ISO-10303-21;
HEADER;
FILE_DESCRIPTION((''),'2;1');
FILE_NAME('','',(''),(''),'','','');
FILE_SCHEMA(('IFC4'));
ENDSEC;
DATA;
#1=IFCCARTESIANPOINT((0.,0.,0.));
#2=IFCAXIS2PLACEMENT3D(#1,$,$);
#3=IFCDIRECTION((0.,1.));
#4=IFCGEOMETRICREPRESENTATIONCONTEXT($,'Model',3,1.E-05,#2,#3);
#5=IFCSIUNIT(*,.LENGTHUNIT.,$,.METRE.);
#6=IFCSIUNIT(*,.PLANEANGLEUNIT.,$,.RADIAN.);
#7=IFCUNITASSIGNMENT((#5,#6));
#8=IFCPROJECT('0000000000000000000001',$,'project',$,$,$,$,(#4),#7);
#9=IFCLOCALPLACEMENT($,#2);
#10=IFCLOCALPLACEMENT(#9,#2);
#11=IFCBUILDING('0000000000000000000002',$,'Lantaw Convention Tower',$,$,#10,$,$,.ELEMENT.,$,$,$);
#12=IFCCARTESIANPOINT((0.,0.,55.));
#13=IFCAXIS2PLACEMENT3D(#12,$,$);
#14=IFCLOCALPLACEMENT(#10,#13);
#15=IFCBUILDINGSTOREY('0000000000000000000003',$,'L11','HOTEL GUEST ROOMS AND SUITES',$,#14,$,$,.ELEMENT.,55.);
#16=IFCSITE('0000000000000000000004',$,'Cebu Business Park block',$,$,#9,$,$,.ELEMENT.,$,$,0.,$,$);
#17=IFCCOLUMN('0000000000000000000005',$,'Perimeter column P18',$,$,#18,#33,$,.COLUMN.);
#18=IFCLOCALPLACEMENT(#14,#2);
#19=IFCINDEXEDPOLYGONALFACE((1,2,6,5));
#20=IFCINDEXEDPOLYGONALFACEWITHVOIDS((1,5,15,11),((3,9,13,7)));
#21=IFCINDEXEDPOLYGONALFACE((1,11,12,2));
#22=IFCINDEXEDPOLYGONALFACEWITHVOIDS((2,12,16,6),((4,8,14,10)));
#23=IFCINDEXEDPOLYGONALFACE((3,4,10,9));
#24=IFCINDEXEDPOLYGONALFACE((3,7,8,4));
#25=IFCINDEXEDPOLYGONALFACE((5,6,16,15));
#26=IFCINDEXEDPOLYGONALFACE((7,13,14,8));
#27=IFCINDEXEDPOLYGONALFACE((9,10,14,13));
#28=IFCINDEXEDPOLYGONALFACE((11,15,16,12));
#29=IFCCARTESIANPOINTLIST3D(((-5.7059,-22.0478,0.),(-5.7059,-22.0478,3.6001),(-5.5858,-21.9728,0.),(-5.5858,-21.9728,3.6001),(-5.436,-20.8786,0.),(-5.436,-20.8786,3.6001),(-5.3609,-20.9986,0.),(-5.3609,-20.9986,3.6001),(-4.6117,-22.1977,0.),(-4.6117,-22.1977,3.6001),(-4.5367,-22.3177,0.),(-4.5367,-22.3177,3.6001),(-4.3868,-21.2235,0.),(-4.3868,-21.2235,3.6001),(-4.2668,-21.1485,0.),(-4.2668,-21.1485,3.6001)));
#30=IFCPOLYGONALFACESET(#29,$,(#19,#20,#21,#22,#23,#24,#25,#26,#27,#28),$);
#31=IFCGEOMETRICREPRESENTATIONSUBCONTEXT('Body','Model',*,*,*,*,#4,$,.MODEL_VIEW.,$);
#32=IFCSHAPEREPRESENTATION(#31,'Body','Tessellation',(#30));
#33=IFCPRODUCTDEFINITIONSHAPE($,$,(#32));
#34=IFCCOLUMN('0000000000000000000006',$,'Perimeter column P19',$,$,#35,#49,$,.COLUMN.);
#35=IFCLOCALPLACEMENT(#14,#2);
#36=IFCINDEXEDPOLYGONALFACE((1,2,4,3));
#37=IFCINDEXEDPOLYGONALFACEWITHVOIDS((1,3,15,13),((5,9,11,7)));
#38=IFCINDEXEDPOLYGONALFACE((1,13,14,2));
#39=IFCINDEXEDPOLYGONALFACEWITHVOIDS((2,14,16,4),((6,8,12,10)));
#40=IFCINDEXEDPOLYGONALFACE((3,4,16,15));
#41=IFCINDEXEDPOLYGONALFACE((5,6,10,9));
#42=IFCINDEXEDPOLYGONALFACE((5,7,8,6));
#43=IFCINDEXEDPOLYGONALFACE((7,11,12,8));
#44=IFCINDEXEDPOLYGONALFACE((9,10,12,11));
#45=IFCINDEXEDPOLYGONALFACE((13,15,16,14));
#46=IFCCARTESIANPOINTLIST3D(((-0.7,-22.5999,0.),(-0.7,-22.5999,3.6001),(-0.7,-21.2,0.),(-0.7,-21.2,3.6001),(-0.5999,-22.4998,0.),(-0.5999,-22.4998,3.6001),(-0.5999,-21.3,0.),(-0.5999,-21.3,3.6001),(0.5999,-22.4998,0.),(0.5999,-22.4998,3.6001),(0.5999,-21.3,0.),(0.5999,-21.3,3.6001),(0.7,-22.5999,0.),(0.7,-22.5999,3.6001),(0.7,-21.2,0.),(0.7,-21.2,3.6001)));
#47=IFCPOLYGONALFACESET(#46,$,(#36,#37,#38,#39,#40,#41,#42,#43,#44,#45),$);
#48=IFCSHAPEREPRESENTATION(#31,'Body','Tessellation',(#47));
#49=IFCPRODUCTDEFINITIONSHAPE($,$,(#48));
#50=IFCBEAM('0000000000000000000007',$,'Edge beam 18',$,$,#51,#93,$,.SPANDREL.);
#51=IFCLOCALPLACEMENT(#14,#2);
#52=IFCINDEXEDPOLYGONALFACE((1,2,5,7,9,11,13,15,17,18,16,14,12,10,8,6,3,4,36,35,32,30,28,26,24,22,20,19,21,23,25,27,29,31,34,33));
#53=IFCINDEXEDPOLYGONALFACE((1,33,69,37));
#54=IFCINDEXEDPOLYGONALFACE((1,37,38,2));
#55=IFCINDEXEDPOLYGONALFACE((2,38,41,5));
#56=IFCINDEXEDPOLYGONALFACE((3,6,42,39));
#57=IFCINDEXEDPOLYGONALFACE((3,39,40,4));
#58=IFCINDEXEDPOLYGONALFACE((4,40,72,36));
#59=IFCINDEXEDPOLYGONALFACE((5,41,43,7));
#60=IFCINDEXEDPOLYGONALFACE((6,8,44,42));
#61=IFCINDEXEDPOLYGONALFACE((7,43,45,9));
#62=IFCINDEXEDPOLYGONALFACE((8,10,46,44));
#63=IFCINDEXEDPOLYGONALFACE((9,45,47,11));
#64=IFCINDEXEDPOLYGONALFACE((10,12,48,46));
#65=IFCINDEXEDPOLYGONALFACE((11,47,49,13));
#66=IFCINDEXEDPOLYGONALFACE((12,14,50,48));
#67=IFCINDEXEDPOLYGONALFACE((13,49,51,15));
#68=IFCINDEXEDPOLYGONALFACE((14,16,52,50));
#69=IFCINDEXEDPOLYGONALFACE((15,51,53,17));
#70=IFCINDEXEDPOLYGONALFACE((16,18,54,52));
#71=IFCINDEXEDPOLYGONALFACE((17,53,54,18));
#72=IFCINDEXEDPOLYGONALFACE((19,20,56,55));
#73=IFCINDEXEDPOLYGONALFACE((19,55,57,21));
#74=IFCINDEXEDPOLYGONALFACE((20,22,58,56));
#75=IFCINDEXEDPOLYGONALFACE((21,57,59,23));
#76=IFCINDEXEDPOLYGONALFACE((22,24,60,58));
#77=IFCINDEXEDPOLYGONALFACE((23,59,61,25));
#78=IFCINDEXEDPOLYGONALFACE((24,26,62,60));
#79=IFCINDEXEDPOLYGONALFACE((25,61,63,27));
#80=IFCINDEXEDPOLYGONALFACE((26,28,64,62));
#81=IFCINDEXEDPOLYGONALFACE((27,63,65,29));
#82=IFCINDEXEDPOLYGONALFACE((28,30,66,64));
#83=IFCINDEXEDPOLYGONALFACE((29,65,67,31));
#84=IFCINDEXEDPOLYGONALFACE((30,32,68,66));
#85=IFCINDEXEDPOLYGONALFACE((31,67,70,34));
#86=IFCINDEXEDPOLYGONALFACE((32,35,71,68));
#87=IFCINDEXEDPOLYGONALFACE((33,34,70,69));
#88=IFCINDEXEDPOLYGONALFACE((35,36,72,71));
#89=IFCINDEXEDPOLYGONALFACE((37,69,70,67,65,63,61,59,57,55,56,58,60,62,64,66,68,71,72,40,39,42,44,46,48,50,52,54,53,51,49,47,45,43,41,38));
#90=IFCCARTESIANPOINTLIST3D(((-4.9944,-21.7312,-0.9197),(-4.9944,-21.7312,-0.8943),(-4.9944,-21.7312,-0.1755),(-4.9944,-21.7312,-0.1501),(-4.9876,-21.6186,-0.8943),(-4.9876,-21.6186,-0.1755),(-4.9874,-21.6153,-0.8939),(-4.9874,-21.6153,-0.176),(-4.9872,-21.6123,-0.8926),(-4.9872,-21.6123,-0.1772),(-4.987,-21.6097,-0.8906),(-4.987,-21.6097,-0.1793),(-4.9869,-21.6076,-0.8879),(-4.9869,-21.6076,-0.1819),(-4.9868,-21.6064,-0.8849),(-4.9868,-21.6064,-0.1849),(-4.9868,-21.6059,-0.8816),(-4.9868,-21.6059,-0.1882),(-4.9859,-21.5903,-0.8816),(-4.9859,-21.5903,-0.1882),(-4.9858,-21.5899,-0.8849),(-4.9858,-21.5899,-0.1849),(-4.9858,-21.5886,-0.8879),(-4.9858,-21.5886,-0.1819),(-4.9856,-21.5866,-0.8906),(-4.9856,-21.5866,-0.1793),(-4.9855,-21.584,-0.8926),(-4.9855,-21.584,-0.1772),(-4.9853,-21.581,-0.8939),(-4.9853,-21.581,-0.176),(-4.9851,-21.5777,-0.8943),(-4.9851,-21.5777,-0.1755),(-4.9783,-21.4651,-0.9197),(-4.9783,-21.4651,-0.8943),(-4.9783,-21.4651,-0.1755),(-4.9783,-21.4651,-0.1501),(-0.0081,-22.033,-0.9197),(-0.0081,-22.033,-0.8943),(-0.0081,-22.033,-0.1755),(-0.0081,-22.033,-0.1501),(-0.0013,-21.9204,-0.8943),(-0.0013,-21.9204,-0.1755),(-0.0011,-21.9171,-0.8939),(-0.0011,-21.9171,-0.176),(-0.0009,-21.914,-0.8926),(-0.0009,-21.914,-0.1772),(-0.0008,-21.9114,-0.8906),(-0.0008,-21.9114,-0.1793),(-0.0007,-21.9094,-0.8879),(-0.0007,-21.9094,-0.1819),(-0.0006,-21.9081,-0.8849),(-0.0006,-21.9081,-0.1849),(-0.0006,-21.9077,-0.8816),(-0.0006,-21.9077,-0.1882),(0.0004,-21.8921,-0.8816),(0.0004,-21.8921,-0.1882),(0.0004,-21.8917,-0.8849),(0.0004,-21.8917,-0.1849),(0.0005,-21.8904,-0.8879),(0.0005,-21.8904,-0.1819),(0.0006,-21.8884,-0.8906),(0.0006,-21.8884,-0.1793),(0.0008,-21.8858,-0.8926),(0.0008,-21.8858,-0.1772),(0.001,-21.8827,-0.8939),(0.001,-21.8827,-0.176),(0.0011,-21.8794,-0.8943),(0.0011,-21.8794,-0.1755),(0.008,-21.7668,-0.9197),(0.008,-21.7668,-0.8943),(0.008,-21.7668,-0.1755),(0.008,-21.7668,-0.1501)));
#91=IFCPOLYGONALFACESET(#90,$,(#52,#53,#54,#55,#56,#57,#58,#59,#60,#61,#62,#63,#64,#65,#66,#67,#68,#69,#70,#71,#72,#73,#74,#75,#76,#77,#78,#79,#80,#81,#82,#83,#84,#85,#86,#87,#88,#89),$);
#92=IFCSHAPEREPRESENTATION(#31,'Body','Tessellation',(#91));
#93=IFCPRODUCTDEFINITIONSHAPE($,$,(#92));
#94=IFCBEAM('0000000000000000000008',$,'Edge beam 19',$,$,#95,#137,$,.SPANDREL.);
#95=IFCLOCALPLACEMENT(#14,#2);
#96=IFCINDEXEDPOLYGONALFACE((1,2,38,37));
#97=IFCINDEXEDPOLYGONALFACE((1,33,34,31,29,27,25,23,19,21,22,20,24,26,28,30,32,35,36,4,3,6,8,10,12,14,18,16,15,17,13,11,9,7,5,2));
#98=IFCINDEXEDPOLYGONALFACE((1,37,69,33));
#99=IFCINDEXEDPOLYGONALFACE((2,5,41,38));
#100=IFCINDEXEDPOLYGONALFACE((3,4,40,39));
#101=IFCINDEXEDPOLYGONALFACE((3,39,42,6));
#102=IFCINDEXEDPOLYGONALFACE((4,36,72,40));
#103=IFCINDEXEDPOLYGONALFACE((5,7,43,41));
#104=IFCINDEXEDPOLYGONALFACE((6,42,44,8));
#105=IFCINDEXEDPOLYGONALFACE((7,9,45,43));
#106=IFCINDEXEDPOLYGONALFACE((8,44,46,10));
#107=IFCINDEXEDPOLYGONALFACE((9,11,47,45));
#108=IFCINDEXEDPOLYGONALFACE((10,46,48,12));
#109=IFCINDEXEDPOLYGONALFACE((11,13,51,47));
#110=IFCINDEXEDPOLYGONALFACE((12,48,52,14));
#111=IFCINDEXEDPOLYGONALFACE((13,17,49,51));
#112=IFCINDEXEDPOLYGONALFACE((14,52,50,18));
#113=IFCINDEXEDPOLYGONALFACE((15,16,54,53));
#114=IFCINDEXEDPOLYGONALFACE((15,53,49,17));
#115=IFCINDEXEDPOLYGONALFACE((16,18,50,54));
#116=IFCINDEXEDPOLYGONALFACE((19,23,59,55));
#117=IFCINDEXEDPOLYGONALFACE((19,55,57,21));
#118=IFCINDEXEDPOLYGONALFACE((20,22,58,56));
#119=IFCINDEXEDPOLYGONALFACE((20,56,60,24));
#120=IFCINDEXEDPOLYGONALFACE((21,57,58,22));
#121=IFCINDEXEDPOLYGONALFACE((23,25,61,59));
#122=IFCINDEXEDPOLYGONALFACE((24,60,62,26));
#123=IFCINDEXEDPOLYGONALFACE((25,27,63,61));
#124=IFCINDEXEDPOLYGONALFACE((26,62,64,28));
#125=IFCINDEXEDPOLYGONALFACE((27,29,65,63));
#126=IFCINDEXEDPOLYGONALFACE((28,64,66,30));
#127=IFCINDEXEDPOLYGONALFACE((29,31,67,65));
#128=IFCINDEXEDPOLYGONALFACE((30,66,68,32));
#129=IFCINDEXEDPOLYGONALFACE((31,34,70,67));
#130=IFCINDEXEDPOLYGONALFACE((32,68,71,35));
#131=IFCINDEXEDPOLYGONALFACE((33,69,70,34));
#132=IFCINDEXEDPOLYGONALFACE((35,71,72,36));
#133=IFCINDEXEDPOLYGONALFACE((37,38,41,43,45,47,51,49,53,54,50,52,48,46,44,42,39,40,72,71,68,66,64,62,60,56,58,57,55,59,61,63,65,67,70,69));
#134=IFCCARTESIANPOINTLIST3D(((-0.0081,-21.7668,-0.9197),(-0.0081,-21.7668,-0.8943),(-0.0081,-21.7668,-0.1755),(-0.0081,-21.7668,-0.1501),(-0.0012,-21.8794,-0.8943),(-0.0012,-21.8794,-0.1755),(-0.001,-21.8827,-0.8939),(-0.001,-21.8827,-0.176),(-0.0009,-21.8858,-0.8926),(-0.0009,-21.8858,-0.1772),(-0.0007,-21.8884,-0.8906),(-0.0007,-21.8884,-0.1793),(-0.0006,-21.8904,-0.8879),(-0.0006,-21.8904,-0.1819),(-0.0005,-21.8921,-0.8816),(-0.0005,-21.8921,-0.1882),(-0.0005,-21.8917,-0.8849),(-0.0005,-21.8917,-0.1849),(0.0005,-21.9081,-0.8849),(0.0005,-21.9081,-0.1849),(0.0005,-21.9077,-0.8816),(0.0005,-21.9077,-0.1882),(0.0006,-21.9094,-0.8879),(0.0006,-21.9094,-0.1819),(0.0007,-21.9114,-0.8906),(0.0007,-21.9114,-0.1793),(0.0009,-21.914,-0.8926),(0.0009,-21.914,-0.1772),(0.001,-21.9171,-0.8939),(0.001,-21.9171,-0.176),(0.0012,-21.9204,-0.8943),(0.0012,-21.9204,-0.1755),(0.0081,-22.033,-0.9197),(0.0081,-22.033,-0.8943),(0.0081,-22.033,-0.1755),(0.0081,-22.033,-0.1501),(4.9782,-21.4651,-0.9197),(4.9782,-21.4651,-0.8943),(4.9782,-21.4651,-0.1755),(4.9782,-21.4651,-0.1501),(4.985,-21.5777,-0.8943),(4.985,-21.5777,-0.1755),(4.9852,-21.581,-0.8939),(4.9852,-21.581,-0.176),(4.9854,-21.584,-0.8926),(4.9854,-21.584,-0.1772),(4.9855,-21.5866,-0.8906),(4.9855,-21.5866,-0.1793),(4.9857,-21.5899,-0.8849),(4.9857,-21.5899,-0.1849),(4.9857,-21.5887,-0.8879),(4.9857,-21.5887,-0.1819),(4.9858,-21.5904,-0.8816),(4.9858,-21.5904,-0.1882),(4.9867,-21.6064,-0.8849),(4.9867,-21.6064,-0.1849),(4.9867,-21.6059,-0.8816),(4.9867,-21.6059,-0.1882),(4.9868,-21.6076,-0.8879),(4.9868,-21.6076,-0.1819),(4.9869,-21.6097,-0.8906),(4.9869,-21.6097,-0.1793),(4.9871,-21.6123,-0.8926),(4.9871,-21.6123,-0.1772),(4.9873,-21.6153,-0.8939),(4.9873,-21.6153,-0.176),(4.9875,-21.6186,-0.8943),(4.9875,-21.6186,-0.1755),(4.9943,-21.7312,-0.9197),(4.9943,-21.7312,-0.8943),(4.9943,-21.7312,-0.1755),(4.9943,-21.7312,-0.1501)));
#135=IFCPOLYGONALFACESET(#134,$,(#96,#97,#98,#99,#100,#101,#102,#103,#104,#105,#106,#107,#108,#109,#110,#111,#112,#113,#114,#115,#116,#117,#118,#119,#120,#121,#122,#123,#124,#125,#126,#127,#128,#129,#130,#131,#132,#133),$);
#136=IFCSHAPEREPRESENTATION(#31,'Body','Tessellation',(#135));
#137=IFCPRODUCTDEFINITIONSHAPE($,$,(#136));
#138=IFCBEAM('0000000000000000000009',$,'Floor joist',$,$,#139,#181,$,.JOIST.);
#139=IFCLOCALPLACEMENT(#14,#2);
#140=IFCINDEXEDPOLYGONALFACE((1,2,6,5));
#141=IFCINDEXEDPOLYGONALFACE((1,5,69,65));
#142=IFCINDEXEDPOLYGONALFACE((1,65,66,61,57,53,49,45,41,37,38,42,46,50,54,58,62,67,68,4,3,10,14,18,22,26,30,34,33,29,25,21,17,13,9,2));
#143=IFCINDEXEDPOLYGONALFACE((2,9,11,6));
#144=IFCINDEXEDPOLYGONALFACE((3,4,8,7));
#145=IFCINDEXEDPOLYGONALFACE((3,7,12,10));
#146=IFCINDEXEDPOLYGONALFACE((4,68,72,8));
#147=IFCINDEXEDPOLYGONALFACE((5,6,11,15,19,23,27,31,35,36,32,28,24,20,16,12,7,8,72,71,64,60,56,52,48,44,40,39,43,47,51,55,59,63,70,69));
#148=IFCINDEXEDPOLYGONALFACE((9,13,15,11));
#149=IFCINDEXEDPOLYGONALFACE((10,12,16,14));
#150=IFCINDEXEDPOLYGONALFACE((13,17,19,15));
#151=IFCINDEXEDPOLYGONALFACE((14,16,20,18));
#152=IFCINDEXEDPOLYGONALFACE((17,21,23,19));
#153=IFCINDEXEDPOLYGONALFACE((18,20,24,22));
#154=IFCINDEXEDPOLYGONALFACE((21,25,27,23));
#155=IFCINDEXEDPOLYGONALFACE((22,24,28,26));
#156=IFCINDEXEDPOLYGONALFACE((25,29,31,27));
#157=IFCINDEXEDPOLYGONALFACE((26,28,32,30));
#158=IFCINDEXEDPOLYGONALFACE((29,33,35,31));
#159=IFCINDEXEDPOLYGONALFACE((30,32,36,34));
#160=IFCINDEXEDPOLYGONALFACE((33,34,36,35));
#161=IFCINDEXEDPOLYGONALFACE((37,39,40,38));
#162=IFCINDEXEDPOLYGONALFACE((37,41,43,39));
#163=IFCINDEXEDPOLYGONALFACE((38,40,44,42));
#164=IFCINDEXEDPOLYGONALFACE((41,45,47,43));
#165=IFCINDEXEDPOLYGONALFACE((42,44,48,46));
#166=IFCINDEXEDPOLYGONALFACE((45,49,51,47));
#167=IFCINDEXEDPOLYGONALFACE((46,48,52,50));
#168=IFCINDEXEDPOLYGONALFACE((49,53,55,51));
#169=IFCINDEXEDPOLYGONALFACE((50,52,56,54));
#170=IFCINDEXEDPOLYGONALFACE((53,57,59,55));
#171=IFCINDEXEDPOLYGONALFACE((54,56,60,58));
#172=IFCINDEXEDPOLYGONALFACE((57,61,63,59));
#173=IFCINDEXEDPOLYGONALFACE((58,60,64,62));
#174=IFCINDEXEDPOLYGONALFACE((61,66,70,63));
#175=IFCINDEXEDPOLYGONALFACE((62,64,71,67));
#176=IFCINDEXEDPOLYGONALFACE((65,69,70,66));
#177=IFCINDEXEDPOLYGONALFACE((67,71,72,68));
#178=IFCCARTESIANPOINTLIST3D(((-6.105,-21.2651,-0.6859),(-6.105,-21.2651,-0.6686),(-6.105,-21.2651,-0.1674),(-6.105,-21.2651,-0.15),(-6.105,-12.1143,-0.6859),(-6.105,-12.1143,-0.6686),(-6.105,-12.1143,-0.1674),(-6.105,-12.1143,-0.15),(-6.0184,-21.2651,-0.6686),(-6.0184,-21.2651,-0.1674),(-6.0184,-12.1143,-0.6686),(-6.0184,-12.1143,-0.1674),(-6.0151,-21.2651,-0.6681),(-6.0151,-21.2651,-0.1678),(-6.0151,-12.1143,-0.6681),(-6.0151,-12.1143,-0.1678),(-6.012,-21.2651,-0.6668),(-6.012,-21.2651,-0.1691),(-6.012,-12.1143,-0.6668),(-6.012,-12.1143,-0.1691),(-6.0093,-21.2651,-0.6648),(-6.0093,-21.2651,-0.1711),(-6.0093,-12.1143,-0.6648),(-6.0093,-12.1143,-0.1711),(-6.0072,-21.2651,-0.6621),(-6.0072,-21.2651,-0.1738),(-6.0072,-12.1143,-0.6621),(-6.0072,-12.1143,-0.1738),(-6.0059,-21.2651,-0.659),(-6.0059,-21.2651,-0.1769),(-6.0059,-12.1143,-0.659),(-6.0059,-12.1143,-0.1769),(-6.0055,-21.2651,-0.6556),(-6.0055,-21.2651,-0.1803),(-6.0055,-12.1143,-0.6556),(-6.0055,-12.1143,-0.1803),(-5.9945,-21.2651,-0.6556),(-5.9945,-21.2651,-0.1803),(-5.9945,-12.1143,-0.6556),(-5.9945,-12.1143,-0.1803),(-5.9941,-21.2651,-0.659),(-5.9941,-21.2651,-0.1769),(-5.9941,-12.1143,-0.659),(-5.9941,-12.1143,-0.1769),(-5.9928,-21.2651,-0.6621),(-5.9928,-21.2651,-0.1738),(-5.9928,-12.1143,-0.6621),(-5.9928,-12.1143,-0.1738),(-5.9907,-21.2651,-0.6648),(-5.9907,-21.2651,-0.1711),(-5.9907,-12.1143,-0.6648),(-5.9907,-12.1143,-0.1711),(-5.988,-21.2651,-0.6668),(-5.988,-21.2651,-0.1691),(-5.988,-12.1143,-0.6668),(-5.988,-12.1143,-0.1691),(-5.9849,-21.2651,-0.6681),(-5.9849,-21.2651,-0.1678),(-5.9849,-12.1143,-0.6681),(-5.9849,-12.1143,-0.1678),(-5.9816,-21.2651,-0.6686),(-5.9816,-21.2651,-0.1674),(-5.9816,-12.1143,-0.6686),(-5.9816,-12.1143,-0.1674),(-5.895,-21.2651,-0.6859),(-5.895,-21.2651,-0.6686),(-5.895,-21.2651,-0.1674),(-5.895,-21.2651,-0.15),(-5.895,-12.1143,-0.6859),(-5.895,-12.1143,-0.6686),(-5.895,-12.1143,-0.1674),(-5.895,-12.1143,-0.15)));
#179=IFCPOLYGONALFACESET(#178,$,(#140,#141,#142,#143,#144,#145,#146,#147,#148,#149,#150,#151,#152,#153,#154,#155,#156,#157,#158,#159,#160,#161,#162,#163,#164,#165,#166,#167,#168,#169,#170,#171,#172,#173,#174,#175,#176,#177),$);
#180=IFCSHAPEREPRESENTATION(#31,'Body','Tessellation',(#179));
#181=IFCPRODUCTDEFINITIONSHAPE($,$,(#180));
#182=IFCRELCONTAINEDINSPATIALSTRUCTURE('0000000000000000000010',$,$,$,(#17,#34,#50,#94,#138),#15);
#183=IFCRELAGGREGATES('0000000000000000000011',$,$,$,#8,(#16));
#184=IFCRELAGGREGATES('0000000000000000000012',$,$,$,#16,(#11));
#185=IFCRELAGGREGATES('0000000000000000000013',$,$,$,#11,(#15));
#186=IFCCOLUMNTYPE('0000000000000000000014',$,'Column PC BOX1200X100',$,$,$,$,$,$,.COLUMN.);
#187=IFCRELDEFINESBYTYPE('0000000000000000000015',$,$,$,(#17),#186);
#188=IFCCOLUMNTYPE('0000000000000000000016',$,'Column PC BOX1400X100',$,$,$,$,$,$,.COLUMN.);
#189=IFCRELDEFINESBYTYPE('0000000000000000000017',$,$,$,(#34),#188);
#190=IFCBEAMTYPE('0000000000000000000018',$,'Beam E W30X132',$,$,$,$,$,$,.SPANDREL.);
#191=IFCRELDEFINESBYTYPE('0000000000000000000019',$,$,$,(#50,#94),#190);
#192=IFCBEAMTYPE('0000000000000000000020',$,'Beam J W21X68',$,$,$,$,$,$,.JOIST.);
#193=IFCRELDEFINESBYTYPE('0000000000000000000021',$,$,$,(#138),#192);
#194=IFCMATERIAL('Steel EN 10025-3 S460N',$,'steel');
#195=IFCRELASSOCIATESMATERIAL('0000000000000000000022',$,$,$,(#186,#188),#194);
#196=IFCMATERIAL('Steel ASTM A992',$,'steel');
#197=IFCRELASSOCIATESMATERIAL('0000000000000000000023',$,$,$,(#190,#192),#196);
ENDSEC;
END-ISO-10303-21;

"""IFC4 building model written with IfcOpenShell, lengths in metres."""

from ifc_helpers import new_model, si_unit, direction, frame, origin, origin_2d, place, context, subcontext, project, spatial, rectangle, hollow_rectangle, i_section, extrude, material, material_profile, profile_set, type_object, element, save


model = new_model("IFC4")

# Units and contexts
model_context = context("Model", 3, precision=1e-05, world=origin(), true_north=direction((0.0, 1.0)))
body_context = subcontext(model_context, "Body", "Model", "MODEL_VIEW")
ifc_project = project(units=[si_unit("LENGTHUNIT", "METRE"), si_unit("PLANEANGLEUNIT", "RADIAN")], contexts=[model_context])

# Site, building, storey
site_placement = place(None, origin())
site = spatial("IfcSite", under=ifc_project, at=site_placement, Name="Cebu Business Park block", CompositionType="ELEMENT", RefElevation=0.0)
building_placement = place(site_placement, origin())
building = spatial("IfcBuilding", under=site, at=building_placement, Name="Lantaw Convention Tower", CompositionType="ELEMENT")
storey_placement = place(building_placement, frame((0.0, 0.0, 55.0)))
storey = spatial("IfcBuildingStorey", under=building, at=storey_placement, Name="L11", Description="HOTEL GUEST ROOMS AND SUITES", CompositionType="ELEMENT", Elevation=55.0)

# Columns
ifc_material_1 = material(Name="Steel EN 10025-3 S460N", Category="steel")
ifc_material_profile_1 = material_profile(ifc_material_1, hollow_rectangle(XDim=1.2, YDim=1.2, WallThickness=0.1001, at=origin_2d()), Name="BOX1200X100")
ifc_material_2 = material(Name="Concrete C60/75", Category="concrete")
ifc_material_profile_2 = material_profile(ifc_material_2, rectangle(XDim=1.0, YDim=1.0, at=origin_2d()), Name="Concrete fill of BOX1200X100")
ifc_profile_set_1 = profile_set([ifc_material_profile_1, ifc_material_profile_2], Name="Steel EN 10025-3 S460N")
column_type_1 = type_object("IfcColumnType", Name="Column PC BOX1200X100", PredefinedType="COLUMN", material=ifc_profile_set_1)
column_1_placement = place(storey_placement, frame((-4.9863, -21.5981, 0.0), z_axis=(0.0, 0.0, 1.0), x_axis=(0.224951, 0.97437, 0.0)))
element("IfcColumn", 1, at=column_1_placement, inside=storey, type_object=column_type_1, Name="Perimeter column P18", PredefinedType="COLUMN", context=body_context, shape_type="SweptSolid", body=[
    extrude(hollow_rectangle(XDim=1.2, YDim=1.2, WallThickness=0.1001, at=origin_2d()), origin(), (0.0, 0.0, 1.0), 3.6001),
])
ifc_material_profile_3 = material_profile(ifc_material_1, hollow_rectangle(XDim=1.3999, YDim=1.3999, WallThickness=0.1001, at=origin_2d()), Name="BOX1400X100")
ifc_material_profile_4 = material_profile(ifc_material_2, rectangle(XDim=1.2, YDim=1.2, at=origin_2d()), Name="Concrete fill of BOX1400X100")
ifc_profile_set_2 = profile_set([ifc_material_profile_3, ifc_material_profile_4], Name="Steel EN 10025-3 S460N")
column_type_2 = type_object("IfcColumnType", Name="Column PC BOX1400X100", PredefinedType="COLUMN", material=ifc_profile_set_2)
column_2_placement = place(storey_placement, frame((0.0, -21.8999, 0.0), z_axis=(0.0, 0.0, 1.0), x_axis=(1.0, 0.0, 0.0)))
element("IfcColumn", 2, at=column_2_placement, inside=storey, type_object=column_type_2, Name="Perimeter column P19", PredefinedType="COLUMN", context=body_context, shape_type="SweptSolid", body=[
    extrude(hollow_rectangle(XDim=1.3999, YDim=1.3999, WallThickness=0.1001, at=origin_2d()), origin(), (0.0, 0.0, 1.0), 3.6001),
])

# Beams
ifc_material_3 = material(Name="Steel ASTM A992", Category="steel")
ifc_material_profile_5 = material_profile(ifc_material_3, i_section(OverallWidth=0.2666, OverallDepth=0.7695, WebThickness=0.0156, FlangeThickness=0.0254, FilletRadius=0.0127, at=origin_2d()), Name="W30X132")
ifc_profile_set_3 = profile_set([ifc_material_profile_5], Name="Steel ASTM A992")
beam_type_1 = type_object("IfcBeamType", Name="Beam E W30X132", PredefinedType="SPANDREL", material=ifc_profile_set_3)
for number, where, z_axis, x_axis, name in (
    (3, (-4.9863, -21.5981, -0.5349), (0.998174, -0.060407, 0.0), (0.060407, 0.998174, 0.0), "Edge beam 18"),
    (4, (0.0, -21.8999, -0.5349), (0.998174, 0.060407, 0.0), (-0.060407, 0.998174, 0.0), "Edge beam 19"),
):
    element("IfcBeam", number, at=place(storey_placement, frame(where, z_axis=z_axis, x_axis=x_axis)), inside=storey, type_object=beam_type_1, Name=name, PredefinedType="SPANDREL", context=body_context, shape_type="SweptSolid", body=[
        extrude(i_section(OverallWidth=0.2666, OverallDepth=0.7695, WebThickness=0.0156, FlangeThickness=0.0254, FilletRadius=0.0127, at=origin_2d()), origin(), (0.0, 0.0, 1.0), 4.9954),
    ])
ifc_material_profile_6 = material_profile(ifc_material_3, i_section(OverallWidth=0.21, OverallDepth=0.5359, WebThickness=0.011, FlangeThickness=0.0173, FilletRadius=0.0129, at=origin_2d()), Name="W21X68")
ifc_profile_set_4 = profile_set([ifc_material_profile_6], Name="Steel ASTM A992")
beam_type_2 = type_object("IfcBeamType", Name="Beam J W21X68", PredefinedType="JOIST", material=ifc_profile_set_4)
beam_1_placement = place(storey_placement, frame((-6.0, -21.2651, -0.418), z_axis=(0.0, 1.0, 0.0), x_axis=(-1.0, 0.0, 0.0)))
element("IfcBeam", 5, at=beam_1_placement, inside=storey, type_object=beam_type_2, Name="Floor joist", PredefinedType="JOIST", context=body_context, shape_type="SweptSolid", body=[
    extrude(i_section(OverallWidth=0.21, OverallDepth=0.5359, WebThickness=0.011, FlangeThickness=0.0173, FilletRadius=0.0129, at=origin_2d()), origin(), (0.0, 0.0, 1.0), 9.1509),
])

save(model, "model.ifc")
